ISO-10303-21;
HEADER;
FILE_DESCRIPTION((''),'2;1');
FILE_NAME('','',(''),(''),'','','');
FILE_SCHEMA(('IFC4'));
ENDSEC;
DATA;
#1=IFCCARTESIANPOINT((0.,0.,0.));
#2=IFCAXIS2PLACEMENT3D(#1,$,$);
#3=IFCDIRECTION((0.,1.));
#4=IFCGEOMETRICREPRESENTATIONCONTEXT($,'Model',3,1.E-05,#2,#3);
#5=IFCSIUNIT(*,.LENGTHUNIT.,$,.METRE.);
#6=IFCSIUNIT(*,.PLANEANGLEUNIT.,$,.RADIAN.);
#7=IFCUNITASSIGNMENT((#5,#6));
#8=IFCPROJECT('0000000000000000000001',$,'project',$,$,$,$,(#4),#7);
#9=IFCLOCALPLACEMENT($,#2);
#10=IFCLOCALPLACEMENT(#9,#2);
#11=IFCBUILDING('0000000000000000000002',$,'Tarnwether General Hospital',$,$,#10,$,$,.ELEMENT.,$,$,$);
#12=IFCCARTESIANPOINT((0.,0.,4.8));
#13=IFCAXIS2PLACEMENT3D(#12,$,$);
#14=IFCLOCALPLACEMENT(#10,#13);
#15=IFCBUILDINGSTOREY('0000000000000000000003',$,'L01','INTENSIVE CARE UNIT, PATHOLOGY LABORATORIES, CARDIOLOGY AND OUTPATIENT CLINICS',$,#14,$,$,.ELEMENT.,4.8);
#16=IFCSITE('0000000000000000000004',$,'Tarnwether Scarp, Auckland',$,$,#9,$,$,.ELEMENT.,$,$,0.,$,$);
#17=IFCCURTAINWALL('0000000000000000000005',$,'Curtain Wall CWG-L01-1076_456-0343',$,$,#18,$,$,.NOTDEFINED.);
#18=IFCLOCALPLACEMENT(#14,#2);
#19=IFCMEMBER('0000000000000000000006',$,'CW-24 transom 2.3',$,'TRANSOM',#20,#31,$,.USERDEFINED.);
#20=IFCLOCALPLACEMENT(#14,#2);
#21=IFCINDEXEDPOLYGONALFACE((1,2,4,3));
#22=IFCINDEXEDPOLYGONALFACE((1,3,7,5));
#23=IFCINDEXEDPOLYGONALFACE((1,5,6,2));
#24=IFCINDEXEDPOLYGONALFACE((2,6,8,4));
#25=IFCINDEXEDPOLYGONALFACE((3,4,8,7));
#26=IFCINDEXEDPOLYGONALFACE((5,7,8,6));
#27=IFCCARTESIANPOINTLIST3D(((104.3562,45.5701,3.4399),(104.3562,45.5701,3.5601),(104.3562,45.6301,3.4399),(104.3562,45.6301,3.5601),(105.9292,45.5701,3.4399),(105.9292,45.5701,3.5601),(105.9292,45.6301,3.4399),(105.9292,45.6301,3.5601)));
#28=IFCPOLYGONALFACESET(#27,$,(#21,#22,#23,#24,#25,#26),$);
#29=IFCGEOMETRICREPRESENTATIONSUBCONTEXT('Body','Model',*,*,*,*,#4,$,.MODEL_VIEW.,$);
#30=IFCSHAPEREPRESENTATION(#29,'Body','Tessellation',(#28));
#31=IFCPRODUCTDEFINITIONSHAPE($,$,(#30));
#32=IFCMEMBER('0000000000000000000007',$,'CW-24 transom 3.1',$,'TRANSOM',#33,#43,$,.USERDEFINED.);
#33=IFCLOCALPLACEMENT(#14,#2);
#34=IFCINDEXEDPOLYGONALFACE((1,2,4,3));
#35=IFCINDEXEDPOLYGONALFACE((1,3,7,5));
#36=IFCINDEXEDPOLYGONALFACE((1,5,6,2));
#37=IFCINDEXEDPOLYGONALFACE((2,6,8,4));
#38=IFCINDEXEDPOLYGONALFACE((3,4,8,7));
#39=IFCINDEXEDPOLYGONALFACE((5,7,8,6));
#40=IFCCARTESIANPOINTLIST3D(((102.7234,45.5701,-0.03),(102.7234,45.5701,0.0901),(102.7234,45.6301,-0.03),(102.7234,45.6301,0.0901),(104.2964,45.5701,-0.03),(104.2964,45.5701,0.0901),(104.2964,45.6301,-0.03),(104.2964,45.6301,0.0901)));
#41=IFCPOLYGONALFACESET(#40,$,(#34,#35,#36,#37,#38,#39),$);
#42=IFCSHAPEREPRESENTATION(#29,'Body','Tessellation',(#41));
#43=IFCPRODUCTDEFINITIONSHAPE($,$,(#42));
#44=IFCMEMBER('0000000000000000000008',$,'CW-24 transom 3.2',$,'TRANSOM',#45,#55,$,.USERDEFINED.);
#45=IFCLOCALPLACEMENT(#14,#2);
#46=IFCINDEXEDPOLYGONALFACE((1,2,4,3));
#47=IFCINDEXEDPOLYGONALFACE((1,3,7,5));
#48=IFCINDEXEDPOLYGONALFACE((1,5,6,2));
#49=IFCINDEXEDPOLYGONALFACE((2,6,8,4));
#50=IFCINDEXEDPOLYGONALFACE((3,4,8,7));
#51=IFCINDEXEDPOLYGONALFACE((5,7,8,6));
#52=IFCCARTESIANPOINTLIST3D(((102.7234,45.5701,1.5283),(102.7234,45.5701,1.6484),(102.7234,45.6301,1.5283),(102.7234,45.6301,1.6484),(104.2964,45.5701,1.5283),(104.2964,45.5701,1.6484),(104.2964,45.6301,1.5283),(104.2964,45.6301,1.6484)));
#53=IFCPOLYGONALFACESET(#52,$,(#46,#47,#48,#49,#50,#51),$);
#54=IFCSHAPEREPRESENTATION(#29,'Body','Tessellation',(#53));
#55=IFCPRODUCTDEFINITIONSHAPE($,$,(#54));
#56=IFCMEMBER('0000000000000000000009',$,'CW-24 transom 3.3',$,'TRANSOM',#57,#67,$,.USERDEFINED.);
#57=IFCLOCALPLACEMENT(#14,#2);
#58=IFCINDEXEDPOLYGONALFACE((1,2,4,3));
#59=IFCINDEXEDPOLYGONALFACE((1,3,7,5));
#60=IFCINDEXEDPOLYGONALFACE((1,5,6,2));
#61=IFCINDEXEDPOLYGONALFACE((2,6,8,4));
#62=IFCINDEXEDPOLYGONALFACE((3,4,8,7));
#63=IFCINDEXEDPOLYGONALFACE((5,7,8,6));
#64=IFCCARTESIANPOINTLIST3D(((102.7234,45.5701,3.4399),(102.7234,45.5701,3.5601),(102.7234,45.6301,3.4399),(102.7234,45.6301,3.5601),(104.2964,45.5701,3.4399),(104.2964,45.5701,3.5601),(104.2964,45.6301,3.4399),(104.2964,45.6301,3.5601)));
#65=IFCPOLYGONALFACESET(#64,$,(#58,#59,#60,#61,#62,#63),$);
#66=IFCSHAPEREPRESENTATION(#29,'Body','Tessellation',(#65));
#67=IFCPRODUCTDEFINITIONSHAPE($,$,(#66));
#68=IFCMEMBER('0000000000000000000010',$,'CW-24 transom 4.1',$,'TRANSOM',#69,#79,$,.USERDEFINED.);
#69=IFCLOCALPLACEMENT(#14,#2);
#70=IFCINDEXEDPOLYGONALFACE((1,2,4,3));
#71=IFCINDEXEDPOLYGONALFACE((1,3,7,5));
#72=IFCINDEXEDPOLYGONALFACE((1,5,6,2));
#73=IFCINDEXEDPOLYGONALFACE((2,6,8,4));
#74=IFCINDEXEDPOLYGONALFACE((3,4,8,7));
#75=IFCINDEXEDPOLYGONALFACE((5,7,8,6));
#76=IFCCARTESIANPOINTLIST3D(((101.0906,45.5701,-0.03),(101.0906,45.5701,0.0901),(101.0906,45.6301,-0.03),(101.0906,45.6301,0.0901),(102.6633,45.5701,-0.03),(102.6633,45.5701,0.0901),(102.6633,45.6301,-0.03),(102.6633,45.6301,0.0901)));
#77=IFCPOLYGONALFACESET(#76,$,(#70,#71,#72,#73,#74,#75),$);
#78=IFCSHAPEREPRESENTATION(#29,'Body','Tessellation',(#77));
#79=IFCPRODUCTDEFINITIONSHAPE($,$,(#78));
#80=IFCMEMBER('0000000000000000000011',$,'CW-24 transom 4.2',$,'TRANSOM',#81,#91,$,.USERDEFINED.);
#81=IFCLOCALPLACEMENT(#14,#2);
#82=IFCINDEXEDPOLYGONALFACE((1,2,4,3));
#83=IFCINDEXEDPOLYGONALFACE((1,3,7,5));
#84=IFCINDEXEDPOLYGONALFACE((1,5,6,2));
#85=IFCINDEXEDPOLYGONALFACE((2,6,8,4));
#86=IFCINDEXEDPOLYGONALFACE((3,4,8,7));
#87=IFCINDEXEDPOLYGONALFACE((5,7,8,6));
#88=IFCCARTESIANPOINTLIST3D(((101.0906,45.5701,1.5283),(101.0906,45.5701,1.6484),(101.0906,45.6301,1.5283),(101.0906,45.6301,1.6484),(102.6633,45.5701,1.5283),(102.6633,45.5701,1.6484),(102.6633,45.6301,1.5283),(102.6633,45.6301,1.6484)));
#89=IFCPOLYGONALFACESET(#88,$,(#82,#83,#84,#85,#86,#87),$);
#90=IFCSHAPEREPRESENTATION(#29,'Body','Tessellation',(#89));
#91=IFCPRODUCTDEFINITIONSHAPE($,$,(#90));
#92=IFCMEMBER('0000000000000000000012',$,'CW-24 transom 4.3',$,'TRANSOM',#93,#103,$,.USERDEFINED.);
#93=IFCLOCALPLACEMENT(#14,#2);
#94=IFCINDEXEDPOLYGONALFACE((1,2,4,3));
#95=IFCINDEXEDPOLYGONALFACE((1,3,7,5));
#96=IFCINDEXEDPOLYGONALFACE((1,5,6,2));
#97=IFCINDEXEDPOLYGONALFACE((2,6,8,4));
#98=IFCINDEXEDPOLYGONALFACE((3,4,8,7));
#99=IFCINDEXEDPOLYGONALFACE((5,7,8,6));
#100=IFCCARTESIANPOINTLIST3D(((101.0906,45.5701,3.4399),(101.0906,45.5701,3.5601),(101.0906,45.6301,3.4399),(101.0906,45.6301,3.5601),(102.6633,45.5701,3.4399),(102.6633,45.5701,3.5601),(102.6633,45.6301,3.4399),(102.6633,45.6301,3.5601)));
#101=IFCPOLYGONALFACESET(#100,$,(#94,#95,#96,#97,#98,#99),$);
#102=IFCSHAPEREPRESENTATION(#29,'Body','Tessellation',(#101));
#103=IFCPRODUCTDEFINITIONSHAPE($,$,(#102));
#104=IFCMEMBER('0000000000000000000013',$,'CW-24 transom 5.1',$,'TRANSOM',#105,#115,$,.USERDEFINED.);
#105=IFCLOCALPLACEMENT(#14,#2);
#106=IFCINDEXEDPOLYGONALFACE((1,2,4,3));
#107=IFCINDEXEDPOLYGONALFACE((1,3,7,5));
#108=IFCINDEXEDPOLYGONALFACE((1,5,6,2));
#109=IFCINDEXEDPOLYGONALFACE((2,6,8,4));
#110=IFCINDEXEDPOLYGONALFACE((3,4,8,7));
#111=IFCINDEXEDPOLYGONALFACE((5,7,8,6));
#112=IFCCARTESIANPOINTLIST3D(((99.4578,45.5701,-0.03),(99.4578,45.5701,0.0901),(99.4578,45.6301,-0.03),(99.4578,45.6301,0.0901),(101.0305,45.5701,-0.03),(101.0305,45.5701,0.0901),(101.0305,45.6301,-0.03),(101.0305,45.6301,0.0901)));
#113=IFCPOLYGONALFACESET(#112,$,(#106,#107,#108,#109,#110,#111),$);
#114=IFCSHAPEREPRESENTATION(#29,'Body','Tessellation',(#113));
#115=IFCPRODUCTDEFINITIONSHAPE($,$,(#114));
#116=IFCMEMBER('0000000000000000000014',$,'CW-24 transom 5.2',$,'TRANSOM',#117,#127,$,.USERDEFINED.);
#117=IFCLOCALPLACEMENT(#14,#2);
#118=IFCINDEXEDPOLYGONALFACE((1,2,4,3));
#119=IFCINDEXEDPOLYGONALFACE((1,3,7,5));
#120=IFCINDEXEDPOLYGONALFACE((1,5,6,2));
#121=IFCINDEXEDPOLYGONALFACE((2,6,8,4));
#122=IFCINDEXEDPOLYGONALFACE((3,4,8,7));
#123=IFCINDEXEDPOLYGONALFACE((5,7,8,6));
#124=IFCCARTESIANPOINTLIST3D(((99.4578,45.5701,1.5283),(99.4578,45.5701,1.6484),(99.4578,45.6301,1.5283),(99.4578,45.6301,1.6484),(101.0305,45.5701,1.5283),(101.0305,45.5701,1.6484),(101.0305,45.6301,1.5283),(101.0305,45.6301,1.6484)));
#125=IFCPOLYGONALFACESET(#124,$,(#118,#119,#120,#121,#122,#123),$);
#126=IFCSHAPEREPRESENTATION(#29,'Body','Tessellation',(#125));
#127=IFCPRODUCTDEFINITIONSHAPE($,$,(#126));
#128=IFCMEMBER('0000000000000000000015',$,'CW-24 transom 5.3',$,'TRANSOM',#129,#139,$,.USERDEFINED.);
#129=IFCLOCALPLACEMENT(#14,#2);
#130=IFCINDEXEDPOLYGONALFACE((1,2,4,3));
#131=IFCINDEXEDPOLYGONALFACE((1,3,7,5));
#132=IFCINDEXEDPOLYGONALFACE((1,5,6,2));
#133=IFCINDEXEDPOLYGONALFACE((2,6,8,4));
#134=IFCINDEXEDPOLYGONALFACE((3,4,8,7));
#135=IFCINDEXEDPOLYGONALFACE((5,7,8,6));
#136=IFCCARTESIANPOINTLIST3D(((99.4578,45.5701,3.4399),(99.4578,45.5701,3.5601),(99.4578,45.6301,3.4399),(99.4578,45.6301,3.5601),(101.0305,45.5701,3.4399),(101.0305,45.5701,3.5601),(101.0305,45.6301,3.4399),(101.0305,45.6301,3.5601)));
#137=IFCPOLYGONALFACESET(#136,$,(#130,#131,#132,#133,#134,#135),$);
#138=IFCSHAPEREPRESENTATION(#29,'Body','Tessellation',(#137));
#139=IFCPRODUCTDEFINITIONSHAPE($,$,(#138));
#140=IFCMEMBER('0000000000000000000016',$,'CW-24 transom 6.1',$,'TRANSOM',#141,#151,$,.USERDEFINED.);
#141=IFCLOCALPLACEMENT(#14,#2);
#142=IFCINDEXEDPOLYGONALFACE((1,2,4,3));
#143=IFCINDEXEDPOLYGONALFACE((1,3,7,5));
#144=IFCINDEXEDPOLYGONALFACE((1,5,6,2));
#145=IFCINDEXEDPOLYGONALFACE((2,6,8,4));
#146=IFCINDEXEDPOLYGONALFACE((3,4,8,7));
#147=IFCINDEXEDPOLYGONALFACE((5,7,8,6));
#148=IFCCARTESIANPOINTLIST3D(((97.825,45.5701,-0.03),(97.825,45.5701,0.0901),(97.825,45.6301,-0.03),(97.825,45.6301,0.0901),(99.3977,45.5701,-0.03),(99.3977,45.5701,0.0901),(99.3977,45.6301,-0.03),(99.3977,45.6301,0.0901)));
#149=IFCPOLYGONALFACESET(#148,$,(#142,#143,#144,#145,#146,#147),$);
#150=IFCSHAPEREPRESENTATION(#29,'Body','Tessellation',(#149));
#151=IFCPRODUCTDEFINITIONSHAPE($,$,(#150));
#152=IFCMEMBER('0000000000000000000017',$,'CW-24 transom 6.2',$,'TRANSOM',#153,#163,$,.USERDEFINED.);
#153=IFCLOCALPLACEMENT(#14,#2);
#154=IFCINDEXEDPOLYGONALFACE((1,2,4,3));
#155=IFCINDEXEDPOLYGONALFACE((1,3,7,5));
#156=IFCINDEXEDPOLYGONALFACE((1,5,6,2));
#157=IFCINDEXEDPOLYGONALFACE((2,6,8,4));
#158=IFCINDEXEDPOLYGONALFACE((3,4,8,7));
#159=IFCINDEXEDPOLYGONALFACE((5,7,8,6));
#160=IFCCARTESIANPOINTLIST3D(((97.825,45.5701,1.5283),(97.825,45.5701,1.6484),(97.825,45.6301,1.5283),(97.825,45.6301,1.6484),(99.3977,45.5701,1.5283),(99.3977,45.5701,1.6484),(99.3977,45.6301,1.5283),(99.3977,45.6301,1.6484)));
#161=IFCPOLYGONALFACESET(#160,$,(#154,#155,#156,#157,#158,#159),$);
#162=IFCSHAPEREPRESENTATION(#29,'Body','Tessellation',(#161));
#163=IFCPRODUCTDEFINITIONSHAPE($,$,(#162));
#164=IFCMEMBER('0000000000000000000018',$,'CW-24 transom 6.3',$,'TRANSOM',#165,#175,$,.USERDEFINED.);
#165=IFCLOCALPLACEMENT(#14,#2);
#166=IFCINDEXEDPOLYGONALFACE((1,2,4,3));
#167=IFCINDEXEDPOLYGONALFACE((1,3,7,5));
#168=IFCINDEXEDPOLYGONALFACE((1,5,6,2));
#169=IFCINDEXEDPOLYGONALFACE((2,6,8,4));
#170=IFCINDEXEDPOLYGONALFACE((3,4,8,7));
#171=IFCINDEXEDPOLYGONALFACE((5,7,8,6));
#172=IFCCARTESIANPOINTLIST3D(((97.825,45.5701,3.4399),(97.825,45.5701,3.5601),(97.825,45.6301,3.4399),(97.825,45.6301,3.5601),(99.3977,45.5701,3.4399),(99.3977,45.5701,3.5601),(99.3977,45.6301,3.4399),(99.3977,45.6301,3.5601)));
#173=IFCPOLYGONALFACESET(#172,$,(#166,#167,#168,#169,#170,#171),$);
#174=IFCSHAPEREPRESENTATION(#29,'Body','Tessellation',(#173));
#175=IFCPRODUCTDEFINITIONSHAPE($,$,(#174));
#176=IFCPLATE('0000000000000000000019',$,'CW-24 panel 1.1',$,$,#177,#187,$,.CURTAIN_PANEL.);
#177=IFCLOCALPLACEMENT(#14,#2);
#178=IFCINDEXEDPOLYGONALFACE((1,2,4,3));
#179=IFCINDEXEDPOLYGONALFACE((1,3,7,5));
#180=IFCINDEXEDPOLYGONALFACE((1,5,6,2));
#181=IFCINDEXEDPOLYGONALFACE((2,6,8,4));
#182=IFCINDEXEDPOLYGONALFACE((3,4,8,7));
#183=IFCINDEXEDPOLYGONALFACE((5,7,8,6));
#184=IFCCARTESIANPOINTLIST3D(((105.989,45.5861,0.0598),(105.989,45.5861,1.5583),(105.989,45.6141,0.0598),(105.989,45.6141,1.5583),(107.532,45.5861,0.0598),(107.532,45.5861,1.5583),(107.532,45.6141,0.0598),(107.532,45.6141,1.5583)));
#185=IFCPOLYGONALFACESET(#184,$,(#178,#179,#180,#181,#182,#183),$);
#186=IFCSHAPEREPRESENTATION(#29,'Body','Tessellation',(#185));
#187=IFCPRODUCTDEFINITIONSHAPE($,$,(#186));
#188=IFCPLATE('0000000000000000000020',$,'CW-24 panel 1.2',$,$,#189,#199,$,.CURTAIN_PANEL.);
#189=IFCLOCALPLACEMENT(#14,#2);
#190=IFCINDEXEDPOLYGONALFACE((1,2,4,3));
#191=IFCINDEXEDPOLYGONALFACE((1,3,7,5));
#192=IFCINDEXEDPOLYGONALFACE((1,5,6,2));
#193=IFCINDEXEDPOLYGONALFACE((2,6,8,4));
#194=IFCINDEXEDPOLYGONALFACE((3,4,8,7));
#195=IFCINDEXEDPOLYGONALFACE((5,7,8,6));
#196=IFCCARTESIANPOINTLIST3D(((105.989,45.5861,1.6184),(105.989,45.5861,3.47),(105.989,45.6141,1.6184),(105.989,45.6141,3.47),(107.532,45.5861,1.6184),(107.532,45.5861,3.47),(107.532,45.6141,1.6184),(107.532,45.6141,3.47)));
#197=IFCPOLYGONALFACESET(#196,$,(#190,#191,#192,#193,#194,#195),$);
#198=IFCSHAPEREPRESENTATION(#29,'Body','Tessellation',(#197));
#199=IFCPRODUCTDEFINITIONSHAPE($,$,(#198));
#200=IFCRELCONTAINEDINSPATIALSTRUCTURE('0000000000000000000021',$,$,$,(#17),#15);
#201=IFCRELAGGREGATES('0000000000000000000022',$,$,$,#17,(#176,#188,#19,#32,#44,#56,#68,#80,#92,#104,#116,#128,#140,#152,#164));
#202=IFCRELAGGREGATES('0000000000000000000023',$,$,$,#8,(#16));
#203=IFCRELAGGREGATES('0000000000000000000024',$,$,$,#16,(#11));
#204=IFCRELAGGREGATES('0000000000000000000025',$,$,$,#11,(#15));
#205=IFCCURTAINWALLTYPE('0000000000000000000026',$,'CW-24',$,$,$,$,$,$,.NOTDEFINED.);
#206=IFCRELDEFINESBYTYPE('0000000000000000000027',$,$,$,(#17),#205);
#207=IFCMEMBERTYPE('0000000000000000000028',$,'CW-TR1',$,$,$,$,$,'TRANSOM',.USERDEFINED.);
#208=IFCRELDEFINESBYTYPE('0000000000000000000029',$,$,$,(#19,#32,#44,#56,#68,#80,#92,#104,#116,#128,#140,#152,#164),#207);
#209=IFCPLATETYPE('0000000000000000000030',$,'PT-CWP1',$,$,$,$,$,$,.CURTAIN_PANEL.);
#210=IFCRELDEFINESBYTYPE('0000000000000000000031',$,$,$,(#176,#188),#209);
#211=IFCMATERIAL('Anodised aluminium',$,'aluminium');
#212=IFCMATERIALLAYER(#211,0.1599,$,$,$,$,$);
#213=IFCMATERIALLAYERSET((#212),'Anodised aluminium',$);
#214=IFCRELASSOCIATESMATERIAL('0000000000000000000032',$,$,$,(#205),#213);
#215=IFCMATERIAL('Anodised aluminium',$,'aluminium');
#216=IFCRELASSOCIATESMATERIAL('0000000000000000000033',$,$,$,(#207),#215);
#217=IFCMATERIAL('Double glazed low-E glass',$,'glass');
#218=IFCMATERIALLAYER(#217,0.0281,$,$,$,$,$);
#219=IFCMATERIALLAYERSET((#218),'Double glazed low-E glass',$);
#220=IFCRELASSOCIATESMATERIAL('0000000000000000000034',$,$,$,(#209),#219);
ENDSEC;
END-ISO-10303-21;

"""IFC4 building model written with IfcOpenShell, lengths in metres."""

from ifc_helpers import new_model, si_unit, direction, frame, origin, origin_2d, place, context, subcontext, project, spatial, rectangle, extrude, material, layer, layer_set, material_profile, profile_set, type_object, element, aggregate, save


model = new_model("IFC4")

# Units and contexts
model_context = context("Model", 3, precision=1e-05, world=origin(), true_north=direction((0.0, 1.0)))
body_context = subcontext(model_context, "Body", "Model", "MODEL_VIEW")
ifc_project = project(units=[si_unit("LENGTHUNIT", "METRE"), si_unit("PLANEANGLEUNIT", "RADIAN")], contexts=[model_context])

# Site, building, storey
site_placement = place(None, origin())
site = spatial("IfcSite", under=ifc_project, at=site_placement, Name="Tarnwether Scarp, Auckland", CompositionType="ELEMENT", RefElevation=0.0)
building_placement = place(site_placement, origin())
building = spatial("IfcBuilding", under=site, at=building_placement, Name="Tarnwether General Hospital", CompositionType="ELEMENT")
storey_placement = place(building_placement, frame((0.0, 0.0, 4.8)))
storey = spatial("IfcBuildingStorey", under=building, at=storey_placement, Name="L01", Description="INTENSIVE CARE UNIT, PATHOLOGY LABORATORIES, CARDIOLOGY AND OUTPATIENT CLINICS", CompositionType="ELEMENT", Elevation=4.8)

# Curtain wall, members, plates
ifc_material_1 = material(Name="Anodised aluminium", Category="aluminium")
ifc_layer_1 = layer(ifc_material_1, 0.1599)
ifc_layer_set_1 = layer_set([ifc_layer_1], Name="Anodised aluminium")
curtain_wall_type = type_object("IfcCurtainWallType", Name="CW-24", PredefinedType="NOTDEFINED", material=ifc_layer_set_1)
curtain_wall_placement = place(storey_placement, origin())
curtain_wall = element("IfcCurtainWall", 1, at=curtain_wall_placement, inside=storey, type_object=curtain_wall_type, Name="Curtain Wall CWG-L01-1076_456-0343", PredefinedType="NOTDEFINED")
ifc_material_2 = material(Name="Anodised aluminium", Category="aluminium")
ifc_material_profile_1 = material_profile(ifc_material_2, rectangle(XDim=0.0601, YDim=0.1201, at=origin_2d()), Name="ALU-TRN-60x120")
ifc_profile_set_1 = profile_set([ifc_material_profile_1], Name="Anodised aluminium")
member_type_1 = type_object("IfcMemberType", Name="CW-TR1", ElementType="TRANSOM", PredefinedType="USERDEFINED", material=ifc_profile_set_1)
member_1_placement = place(storey_placement, frame((105.9292, 45.6001, 3.5), z_axis=(-1.0, 0.0, 0.0), x_axis=(0.0, -1.0, 0.0)))
member_1 = element("IfcMember", 2, at=member_1_placement, type_object=member_type_1, Name="CW-24 transom 2.3", ObjectType="TRANSOM", PredefinedType="USERDEFINED", context=body_context, shape_type="SweptSolid", body=[
    extrude(rectangle(XDim=0.0601, YDim=0.1201, at=origin_2d()), origin(), (0.0, 0.0, 1.0), 1.573),
])
member_2_placement = place(storey_placement, frame((104.2964, 45.6001, 0.03), z_axis=(-1.0, 0.0, 0.0), x_axis=(0.0, -1.0, 0.0)))
member_2 = element("IfcMember", 3, at=member_2_placement, type_object=member_type_1, Name="CW-24 transom 3.1", ObjectType="TRANSOM", PredefinedType="USERDEFINED", context=body_context, shape_type="SweptSolid", body=[
    extrude(rectangle(XDim=0.0601, YDim=0.1201, at=origin_2d()), origin(), (0.0, 0.0, 1.0), 1.573),
])
member_3_placement = place(storey_placement, frame((104.2964, 45.6001, 1.5884), z_axis=(-1.0, 0.0, 0.0), x_axis=(0.0, -1.0, 0.0)))
member_3 = element("IfcMember", 4, at=member_3_placement, type_object=member_type_1, Name="CW-24 transom 3.2", ObjectType="TRANSOM", PredefinedType="USERDEFINED", context=body_context, shape_type="SweptSolid", body=[
    extrude(rectangle(XDim=0.0601, YDim=0.1201, at=origin_2d()), origin(), (0.0, 0.0, 1.0), 1.573),
])
member_4_placement = place(storey_placement, frame((104.2964, 45.6001, 3.5), z_axis=(-1.0, 0.0, 0.0), x_axis=(0.0, -1.0, 0.0)))
member_4 = element("IfcMember", 5, at=member_4_placement, type_object=member_type_1, Name="CW-24 transom 3.3", ObjectType="TRANSOM", PredefinedType="USERDEFINED", context=body_context, shape_type="SweptSolid", body=[
    extrude(rectangle(XDim=0.0601, YDim=0.1201, at=origin_2d()), origin(), (0.0, 0.0, 1.0), 1.573),
])
member_5_placement = place(storey_placement, frame((102.6633, 45.6001, 0.03), z_axis=(-1.0, 0.0, 0.0), x_axis=(0.0, -1.0, 0.0)))
member_5 = element("IfcMember", 6, at=member_5_placement, type_object=member_type_1, Name="CW-24 transom 4.1", ObjectType="TRANSOM", PredefinedType="USERDEFINED", context=body_context, shape_type="SweptSolid", body=[
    extrude(rectangle(XDim=0.0601, YDim=0.1201, at=origin_2d()), origin(), (0.0, 0.0, 1.0), 1.5728),
])
member_6_placement = place(storey_placement, frame((102.6633, 45.6001, 1.5884), z_axis=(-1.0, 0.0, 0.0), x_axis=(0.0, -1.0, 0.0)))
member_6 = element("IfcMember", 7, at=member_6_placement, type_object=member_type_1, Name="CW-24 transom 4.2", ObjectType="TRANSOM", PredefinedType="USERDEFINED", context=body_context, shape_type="SweptSolid", body=[
    extrude(rectangle(XDim=0.0601, YDim=0.1201, at=origin_2d()), origin(), (0.0, 0.0, 1.0), 1.5728),
])
member_7_placement = place(storey_placement, frame((102.6633, 45.6001, 3.5), z_axis=(-1.0, 0.0, 0.0), x_axis=(0.0, -1.0, 0.0)))
member_7 = element("IfcMember", 8, at=member_7_placement, type_object=member_type_1, Name="CW-24 transom 4.3", ObjectType="TRANSOM", PredefinedType="USERDEFINED", context=body_context, shape_type="SweptSolid", body=[
    extrude(rectangle(XDim=0.0601, YDim=0.1201, at=origin_2d()), origin(), (0.0, 0.0, 1.0), 1.5728),
])
member_8_placement = place(storey_placement, frame((101.0305, 45.6001, 0.03), z_axis=(-1.0, 0.0, 0.0), x_axis=(0.0, -1.0, 0.0)))
member_8 = element("IfcMember", 9, at=member_8_placement, type_object=member_type_1, Name="CW-24 transom 5.1", ObjectType="TRANSOM", PredefinedType="USERDEFINED", context=body_context, shape_type="SweptSolid", body=[
    extrude(rectangle(XDim=0.0601, YDim=0.1201, at=origin_2d()), origin(), (0.0, 0.0, 1.0), 1.5728),
])
member_9_placement = place(storey_placement, frame((101.0305, 45.6001, 1.5884), z_axis=(-1.0, 0.0, 0.0), x_axis=(0.0, -1.0, 0.0)))
member_9 = element("IfcMember", 10, at=member_9_placement, type_object=member_type_1, Name="CW-24 transom 5.2", ObjectType="TRANSOM", PredefinedType="USERDEFINED", context=body_context, shape_type="SweptSolid", body=[
    extrude(rectangle(XDim=0.0601, YDim=0.1201, at=origin_2d()), origin(), (0.0, 0.0, 1.0), 1.5728),
])
member_10_placement = place(storey_placement, frame((101.0305, 45.6001, 3.5), z_axis=(-1.0, 0.0, 0.0), x_axis=(0.0, -1.0, 0.0)))
member_10 = element("IfcMember", 11, at=member_10_placement, type_object=member_type_1, Name="CW-24 transom 5.3", ObjectType="TRANSOM", PredefinedType="USERDEFINED", context=body_context, shape_type="SweptSolid", body=[
    extrude(rectangle(XDim=0.0601, YDim=0.1201, at=origin_2d()), origin(), (0.0, 0.0, 1.0), 1.5728),
])
member_11_placement = place(storey_placement, frame((99.3977, 45.6001, 0.03), z_axis=(-1.0, 0.0, 0.0), x_axis=(0.0, -1.0, 0.0)))
member_11 = element("IfcMember", 12, at=member_11_placement, type_object=member_type_1, Name="CW-24 transom 6.1", ObjectType="TRANSOM", PredefinedType="USERDEFINED", context=body_context, shape_type="SweptSolid", body=[
    extrude(rectangle(XDim=0.0601, YDim=0.1201, at=origin_2d()), origin(), (0.0, 0.0, 1.0), 1.5728),
])
member_12_placement = place(storey_placement, frame((99.3977, 45.6001, 1.5884), z_axis=(-1.0, 0.0, 0.0), x_axis=(0.0, -1.0, 0.0)))
member_12 = element("IfcMember", 13, at=member_12_placement, type_object=member_type_1, Name="CW-24 transom 6.2", ObjectType="TRANSOM", PredefinedType="USERDEFINED", context=body_context, shape_type="SweptSolid", body=[
    extrude(rectangle(XDim=0.0601, YDim=0.1201, at=origin_2d()), origin(), (0.0, 0.0, 1.0), 1.5728),
])
member_13_placement = place(storey_placement, frame((99.3977, 45.6001, 3.5), z_axis=(-1.0, 0.0, 0.0), x_axis=(0.0, -1.0, 0.0)))
member_13 = element("IfcMember", 14, at=member_13_placement, type_object=member_type_1, Name="CW-24 transom 6.3", ObjectType="TRANSOM", PredefinedType="USERDEFINED", context=body_context, shape_type="SweptSolid", body=[
    extrude(rectangle(XDim=0.0601, YDim=0.1201, at=origin_2d()), origin(), (0.0, 0.0, 1.0), 1.5728),
])
ifc_material_3 = material(Name="Double glazed low-E glass", Category="glass")
ifc_layer_2 = layer(ifc_material_3, 0.0281)
ifc_layer_set_2 = layer_set([ifc_layer_2], Name="Double glazed low-E glass")
plate_type = type_object("IfcPlateType", Name="PT-CWP1", PredefinedType="CURTAIN_PANEL", material=ifc_layer_set_2)
plate_1_placement = place(storey_placement, frame((106.7605, 45.6001, 0.0598), z_axis=(0.0, 0.0, 1.0), x_axis=(-1.0, 0.0, 0.0)))
plate_1 = element("IfcPlate", 15, at=plate_1_placement, type_object=plate_type, Name="CW-24 panel 1.1", PredefinedType="CURTAIN_PANEL", context=body_context, shape_type="SweptSolid", body=[
    extrude(rectangle(XDim=1.543, YDim=0.0281, at=origin_2d()), origin(), (0.0, 0.0, 1.0), 1.4985),
])
plate_2_placement = place(storey_placement, frame((106.7605, 45.6001, 1.6184), z_axis=(0.0, 0.0, 1.0), x_axis=(-1.0, 0.0, 0.0)))
plate_2 = element("IfcPlate", 16, at=plate_2_placement, type_object=plate_type, Name="CW-24 panel 1.2", PredefinedType="CURTAIN_PANEL", context=body_context, shape_type="SweptSolid", body=[
    extrude(rectangle(XDim=1.543, YDim=0.0281, at=origin_2d()), origin(), (0.0, 0.0, 1.0), 1.8516),
])
aggregate(curtain_wall, [plate_1, plate_2, member_1, member_2, member_3, member_4, member_5, member_6, member_7, member_8, member_9, member_10, member_11, member_12, member_13])

save(model, "model.ifc")
